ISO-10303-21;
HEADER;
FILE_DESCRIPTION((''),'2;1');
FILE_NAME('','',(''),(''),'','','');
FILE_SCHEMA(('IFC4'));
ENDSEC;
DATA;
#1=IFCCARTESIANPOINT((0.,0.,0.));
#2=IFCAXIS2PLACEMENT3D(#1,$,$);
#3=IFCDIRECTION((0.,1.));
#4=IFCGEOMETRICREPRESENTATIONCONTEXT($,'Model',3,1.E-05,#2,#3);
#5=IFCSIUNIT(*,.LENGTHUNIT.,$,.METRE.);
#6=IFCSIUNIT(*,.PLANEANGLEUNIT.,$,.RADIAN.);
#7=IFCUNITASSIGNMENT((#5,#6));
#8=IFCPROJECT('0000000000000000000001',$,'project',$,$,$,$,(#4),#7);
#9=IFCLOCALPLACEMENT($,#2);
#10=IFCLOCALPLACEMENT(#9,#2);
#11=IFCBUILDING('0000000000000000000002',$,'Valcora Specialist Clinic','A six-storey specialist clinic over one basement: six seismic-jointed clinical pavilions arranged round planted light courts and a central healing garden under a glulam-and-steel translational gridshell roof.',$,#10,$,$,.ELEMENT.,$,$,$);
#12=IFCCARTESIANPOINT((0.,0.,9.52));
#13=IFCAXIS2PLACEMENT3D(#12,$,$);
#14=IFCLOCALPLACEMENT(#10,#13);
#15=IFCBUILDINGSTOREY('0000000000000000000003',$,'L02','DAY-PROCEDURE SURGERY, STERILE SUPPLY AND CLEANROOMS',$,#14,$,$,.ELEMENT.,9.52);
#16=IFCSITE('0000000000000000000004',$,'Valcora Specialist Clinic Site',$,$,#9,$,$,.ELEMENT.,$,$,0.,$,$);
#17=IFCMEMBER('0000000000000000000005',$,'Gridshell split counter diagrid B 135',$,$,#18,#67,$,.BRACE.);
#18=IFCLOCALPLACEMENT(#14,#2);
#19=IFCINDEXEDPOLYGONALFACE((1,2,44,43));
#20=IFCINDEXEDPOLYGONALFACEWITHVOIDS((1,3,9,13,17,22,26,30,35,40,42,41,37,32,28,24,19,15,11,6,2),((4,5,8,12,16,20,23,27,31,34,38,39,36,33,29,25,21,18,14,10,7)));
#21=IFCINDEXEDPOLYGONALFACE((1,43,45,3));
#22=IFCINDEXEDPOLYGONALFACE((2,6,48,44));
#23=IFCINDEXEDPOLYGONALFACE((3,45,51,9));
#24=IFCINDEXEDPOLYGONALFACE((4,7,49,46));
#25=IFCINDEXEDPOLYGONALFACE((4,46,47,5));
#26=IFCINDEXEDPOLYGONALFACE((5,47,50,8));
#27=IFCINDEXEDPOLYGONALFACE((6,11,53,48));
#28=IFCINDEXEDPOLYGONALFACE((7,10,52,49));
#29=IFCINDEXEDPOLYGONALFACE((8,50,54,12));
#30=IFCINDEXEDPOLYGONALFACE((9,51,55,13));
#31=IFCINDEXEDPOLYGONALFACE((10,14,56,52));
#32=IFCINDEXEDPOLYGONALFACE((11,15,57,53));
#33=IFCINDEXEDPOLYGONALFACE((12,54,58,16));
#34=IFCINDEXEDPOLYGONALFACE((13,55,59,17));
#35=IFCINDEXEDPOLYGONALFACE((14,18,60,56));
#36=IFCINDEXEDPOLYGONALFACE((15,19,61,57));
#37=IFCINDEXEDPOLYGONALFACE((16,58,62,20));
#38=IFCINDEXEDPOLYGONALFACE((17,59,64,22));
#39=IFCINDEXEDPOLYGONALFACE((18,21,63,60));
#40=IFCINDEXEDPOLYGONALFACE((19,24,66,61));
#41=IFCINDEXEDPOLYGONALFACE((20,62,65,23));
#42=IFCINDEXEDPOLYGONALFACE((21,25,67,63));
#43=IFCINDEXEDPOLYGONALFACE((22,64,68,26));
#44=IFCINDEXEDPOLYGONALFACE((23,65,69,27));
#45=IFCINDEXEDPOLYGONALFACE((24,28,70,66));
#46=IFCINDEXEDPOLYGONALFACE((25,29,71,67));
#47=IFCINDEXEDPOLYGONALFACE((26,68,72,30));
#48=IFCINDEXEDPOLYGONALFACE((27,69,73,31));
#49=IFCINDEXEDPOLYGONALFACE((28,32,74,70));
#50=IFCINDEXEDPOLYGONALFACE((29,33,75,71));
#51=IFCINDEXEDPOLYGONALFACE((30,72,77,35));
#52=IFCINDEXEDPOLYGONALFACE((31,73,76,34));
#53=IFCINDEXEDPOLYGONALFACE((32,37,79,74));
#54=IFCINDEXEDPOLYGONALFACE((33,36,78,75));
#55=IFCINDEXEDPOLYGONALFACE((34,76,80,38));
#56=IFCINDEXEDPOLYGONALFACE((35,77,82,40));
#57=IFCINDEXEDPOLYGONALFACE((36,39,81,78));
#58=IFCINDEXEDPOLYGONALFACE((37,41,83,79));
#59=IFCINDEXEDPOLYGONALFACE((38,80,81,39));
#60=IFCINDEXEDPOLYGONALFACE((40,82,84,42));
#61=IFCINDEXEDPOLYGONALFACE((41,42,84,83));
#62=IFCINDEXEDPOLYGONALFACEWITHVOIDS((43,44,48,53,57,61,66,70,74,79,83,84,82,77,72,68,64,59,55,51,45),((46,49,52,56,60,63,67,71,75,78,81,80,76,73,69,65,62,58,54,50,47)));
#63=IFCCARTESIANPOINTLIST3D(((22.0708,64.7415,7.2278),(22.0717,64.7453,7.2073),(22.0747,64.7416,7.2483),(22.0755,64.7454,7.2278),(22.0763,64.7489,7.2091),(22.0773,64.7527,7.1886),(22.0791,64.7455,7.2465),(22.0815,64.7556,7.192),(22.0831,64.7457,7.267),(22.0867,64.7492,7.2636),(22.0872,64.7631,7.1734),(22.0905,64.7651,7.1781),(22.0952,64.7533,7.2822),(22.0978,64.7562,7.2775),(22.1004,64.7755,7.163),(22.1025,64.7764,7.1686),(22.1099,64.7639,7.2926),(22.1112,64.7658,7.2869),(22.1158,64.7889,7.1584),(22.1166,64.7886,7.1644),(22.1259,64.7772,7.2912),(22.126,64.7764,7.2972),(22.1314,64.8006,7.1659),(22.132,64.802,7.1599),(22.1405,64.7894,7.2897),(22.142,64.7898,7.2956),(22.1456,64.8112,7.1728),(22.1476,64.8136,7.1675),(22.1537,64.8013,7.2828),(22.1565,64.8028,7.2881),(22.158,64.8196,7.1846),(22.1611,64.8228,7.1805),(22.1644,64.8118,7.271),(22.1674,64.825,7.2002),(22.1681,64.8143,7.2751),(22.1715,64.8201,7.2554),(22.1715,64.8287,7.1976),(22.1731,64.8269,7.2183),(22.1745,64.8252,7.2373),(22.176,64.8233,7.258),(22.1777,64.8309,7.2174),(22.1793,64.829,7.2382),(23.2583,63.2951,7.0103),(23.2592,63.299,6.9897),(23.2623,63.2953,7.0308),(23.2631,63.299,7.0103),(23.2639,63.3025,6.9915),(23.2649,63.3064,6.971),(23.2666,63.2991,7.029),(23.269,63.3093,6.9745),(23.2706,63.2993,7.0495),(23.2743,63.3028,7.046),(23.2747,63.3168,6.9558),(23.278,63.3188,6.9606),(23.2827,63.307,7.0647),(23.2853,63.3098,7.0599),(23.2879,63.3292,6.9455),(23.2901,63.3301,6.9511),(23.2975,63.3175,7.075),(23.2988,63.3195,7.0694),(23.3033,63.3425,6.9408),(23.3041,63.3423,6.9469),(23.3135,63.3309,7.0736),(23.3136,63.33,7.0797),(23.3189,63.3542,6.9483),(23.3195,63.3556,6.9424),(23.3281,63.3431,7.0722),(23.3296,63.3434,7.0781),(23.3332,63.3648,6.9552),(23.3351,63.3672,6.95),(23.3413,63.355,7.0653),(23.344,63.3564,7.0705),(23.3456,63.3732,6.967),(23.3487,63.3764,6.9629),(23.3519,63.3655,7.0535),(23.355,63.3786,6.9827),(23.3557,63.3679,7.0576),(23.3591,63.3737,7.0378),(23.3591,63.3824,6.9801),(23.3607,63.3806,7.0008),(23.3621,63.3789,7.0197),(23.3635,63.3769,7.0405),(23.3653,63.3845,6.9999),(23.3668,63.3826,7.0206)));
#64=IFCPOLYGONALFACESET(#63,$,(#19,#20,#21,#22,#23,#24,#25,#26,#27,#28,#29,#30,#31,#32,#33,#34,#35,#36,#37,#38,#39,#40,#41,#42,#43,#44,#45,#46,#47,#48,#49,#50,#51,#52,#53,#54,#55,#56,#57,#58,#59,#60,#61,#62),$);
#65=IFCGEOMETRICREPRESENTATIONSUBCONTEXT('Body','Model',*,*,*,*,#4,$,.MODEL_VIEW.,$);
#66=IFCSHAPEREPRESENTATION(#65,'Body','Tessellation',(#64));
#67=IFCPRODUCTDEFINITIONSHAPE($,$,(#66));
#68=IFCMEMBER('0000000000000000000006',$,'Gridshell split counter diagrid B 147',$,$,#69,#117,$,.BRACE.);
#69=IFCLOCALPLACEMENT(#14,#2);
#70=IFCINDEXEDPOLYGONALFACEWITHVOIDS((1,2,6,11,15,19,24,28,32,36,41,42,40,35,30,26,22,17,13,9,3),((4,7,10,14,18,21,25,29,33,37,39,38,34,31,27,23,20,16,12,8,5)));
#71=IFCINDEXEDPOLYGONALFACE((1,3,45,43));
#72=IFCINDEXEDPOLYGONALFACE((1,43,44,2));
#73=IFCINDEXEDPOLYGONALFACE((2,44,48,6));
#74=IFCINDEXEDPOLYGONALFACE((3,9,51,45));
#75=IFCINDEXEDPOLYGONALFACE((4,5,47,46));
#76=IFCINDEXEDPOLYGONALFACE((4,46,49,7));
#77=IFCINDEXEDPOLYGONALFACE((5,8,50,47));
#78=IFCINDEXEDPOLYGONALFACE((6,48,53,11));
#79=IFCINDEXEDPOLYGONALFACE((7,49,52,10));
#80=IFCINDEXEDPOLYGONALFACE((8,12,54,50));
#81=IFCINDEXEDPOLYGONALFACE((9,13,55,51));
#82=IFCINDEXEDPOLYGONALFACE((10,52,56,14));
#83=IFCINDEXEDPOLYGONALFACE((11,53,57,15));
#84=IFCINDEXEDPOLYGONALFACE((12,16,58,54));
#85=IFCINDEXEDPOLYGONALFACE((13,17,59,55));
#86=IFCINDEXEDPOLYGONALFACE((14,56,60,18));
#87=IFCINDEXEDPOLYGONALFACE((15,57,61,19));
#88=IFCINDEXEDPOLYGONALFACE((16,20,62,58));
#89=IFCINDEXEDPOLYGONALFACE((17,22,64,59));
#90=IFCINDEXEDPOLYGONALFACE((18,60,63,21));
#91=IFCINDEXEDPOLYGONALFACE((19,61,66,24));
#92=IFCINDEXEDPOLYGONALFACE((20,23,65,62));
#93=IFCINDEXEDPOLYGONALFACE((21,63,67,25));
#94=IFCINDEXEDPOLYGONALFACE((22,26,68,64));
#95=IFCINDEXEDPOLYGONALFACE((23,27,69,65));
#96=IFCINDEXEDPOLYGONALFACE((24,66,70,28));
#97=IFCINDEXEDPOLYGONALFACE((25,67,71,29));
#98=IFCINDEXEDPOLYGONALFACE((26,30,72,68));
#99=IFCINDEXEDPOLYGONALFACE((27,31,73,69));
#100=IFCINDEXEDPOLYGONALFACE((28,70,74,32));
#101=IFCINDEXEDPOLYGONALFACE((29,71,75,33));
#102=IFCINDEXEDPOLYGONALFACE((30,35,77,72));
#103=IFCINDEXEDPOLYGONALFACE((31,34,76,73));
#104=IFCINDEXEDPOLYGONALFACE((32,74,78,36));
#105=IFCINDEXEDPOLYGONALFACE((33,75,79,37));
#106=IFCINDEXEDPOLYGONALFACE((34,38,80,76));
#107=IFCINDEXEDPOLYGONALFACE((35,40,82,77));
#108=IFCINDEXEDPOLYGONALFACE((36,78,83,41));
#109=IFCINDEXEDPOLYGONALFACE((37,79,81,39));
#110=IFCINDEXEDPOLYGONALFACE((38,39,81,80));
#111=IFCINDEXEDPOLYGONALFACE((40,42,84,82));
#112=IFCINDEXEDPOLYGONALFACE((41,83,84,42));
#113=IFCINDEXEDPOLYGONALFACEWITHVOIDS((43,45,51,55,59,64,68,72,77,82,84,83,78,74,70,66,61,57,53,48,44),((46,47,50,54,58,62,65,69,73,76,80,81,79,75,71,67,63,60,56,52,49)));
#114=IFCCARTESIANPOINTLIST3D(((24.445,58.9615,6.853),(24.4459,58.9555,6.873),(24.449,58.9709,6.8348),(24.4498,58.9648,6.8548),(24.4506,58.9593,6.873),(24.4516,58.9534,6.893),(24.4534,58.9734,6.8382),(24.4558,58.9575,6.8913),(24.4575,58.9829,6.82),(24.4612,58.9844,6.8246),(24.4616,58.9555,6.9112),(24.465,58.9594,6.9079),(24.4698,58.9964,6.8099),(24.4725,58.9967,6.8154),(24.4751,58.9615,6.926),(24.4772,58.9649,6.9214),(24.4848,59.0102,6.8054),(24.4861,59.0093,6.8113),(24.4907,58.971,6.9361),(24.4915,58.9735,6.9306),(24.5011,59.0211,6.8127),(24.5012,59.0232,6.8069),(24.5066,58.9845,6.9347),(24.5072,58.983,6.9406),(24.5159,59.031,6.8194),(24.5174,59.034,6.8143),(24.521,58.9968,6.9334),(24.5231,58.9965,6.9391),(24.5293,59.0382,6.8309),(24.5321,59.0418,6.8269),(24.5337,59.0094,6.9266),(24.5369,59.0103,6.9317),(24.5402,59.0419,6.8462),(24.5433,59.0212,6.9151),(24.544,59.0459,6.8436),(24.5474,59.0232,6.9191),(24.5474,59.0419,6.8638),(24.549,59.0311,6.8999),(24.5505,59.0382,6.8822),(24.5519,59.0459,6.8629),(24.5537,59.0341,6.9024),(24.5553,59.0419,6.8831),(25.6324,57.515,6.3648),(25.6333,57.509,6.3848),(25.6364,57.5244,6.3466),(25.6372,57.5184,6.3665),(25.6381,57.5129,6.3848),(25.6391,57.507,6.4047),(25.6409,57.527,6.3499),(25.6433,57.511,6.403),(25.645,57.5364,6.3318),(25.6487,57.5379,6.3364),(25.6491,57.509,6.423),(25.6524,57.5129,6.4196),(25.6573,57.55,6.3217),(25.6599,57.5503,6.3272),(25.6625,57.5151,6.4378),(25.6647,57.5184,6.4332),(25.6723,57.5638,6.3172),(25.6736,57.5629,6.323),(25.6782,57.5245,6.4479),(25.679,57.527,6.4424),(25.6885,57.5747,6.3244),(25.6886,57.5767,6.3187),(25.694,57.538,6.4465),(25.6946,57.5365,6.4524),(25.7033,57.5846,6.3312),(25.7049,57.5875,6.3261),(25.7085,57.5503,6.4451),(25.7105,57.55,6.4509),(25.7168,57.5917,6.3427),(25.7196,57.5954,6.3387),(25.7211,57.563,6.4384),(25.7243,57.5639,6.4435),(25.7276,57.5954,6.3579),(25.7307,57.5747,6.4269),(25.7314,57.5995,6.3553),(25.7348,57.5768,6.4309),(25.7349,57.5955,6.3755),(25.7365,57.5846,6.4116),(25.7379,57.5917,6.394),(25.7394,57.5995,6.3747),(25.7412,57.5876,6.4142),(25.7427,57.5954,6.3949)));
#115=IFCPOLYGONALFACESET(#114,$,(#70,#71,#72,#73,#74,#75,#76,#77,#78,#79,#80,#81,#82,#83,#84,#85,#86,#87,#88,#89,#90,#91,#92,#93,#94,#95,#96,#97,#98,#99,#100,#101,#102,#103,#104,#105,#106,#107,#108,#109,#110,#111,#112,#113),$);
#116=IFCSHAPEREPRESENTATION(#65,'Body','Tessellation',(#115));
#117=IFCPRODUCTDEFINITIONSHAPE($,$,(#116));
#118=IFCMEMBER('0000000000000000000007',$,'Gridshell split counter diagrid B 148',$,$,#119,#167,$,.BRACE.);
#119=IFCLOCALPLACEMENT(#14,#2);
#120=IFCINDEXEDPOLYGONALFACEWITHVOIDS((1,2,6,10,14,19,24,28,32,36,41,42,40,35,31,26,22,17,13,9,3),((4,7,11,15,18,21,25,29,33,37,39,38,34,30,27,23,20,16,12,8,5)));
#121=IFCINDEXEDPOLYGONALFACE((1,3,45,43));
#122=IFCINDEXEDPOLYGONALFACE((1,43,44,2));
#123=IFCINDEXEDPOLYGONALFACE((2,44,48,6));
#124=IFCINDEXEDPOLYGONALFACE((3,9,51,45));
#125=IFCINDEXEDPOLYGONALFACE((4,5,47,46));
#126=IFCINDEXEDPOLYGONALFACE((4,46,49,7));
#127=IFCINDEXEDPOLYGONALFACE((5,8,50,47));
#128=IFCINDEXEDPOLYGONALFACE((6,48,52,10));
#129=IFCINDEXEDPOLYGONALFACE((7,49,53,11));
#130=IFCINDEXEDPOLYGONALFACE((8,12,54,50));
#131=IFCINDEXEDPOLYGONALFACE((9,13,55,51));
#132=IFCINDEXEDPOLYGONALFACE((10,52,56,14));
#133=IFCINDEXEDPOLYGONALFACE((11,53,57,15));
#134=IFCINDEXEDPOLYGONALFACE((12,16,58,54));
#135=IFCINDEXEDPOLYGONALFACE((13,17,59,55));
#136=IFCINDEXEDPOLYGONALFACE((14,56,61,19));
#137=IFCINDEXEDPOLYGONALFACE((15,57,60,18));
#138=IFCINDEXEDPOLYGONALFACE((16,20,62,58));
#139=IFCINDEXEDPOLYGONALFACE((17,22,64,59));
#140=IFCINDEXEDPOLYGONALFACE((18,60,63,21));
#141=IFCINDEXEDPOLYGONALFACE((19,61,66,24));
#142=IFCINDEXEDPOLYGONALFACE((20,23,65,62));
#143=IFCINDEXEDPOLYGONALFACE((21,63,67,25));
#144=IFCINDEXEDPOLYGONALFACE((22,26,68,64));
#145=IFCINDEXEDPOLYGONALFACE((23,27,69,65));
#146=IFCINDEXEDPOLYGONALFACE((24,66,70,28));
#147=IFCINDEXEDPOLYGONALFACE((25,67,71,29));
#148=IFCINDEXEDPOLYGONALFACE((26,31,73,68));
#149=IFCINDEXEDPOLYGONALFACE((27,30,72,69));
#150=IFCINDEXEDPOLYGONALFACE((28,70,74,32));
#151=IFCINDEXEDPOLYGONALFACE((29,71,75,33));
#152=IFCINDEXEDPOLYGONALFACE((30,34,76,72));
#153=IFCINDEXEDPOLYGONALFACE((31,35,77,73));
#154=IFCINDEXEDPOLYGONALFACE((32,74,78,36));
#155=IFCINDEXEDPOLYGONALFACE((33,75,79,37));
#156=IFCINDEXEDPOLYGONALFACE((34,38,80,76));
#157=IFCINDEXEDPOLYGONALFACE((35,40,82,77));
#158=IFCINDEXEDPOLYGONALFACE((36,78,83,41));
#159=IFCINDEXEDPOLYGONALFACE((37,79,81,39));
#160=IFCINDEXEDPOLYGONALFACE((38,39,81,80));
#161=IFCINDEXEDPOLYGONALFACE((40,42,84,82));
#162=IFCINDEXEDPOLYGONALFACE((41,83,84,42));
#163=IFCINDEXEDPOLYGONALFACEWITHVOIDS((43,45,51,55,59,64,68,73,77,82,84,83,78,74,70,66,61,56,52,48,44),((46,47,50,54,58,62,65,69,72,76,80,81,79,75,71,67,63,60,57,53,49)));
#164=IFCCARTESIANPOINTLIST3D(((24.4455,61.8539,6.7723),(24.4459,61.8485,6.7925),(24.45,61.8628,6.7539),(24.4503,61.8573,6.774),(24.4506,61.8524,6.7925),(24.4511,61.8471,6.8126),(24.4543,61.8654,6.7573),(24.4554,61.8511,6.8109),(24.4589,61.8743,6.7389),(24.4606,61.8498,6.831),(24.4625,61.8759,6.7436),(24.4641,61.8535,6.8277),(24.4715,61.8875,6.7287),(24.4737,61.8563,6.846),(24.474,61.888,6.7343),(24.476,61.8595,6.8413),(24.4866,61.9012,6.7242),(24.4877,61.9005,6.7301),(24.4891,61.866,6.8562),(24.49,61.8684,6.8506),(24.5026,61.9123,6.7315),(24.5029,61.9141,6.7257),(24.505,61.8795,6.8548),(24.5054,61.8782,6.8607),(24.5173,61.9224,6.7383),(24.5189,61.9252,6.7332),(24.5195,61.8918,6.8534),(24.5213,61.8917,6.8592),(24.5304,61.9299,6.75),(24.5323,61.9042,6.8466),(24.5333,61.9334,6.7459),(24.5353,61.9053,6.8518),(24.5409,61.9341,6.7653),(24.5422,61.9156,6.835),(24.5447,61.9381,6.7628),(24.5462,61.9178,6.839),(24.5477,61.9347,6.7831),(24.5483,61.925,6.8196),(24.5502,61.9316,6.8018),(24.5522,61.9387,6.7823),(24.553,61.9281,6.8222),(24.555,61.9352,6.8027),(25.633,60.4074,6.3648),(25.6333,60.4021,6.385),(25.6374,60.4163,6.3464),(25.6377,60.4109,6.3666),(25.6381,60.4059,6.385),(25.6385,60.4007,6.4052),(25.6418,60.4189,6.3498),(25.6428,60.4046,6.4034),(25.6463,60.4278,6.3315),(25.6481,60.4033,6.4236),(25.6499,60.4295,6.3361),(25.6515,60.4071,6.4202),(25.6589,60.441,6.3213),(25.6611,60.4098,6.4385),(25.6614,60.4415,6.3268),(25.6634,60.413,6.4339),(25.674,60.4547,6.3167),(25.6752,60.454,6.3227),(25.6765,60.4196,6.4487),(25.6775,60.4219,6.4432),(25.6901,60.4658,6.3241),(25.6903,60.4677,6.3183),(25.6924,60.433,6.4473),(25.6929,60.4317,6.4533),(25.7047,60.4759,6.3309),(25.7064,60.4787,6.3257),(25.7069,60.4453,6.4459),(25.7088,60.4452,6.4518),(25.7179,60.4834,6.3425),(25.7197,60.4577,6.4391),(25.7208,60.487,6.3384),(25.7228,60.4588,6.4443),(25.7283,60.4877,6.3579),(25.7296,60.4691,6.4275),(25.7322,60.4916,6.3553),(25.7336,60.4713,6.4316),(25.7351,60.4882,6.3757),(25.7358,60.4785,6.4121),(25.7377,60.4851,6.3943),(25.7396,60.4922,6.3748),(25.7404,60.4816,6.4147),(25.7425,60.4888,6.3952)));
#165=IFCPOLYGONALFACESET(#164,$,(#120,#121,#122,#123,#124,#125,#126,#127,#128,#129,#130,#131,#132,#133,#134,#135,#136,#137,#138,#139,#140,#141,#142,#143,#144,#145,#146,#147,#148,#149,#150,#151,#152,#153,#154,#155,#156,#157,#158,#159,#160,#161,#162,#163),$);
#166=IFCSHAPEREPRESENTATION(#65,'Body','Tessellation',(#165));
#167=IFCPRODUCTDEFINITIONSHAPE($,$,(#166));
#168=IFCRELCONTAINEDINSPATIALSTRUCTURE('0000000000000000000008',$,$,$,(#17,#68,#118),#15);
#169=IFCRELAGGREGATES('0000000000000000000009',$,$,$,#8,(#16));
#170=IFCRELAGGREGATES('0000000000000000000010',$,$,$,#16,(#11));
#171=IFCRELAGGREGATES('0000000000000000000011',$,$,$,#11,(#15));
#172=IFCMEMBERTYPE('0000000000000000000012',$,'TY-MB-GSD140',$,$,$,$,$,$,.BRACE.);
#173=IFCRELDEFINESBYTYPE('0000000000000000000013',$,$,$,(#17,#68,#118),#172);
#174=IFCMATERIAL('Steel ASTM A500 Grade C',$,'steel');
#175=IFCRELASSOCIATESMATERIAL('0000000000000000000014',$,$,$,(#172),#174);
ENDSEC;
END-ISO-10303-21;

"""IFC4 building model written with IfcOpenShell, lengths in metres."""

from ifc_helpers import new_model, si_unit, direction, frame, origin, origin_2d, place, context, subcontext, project, spatial, hollow_circle, extrude, material, material_profile, profile_set, type_object, element, save


model = new_model("IFC4")

# Units and contexts
model_context = context("Model", 3, precision=1e-05, world=origin(), true_north=direction((0.0, 1.0)))
body_context = subcontext(model_context, "Body", "Model", "MODEL_VIEW")
ifc_project = project(units=[si_unit("LENGTHUNIT", "METRE"), si_unit("PLANEANGLEUNIT", "RADIAN")], contexts=[model_context])

# Site, building, storey
site_placement = place(None, origin())
site = spatial("IfcSite", under=ifc_project, at=site_placement, Name="Valcora Specialist Clinic Site", CompositionType="ELEMENT", RefElevation=0.0)
building_placement = place(site_placement, origin())
building = spatial("IfcBuilding", under=site, at=building_placement, Name="Valcora Specialist Clinic", Description="A six-storey specialist clinic over one basement: six seismic-jointed clinical pavilions arranged round planted light courts and a central healing garden under a glulam-and-steel translational gridshell roof.", CompositionType="ELEMENT")
storey_placement = place(building_placement, frame((0.0, 0.0, 9.52)))
storey = spatial("IfcBuildingStorey", under=building, at=storey_placement, Name="L02", Description="DAY-PROCEDURE SURGERY, STERILE SUPPLY AND CLEANROOMS", CompositionType="ELEMENT", Elevation=9.52)

# Members
ifc_material_1 = material(Name="Steel ASTM A500 Grade C", Category="steel")
ifc_material_profile_1 = material_profile(ifc_material_1, hollow_circle(Radius=0.0701, WallThickness=0.0061, at=origin_2d()), Name="ST-CHS-140X6")
ifc_profile_set_1 = profile_set([ifc_material_profile_1], Name="Steel ASTM A500 Grade C")
member_type_1 = type_object("IfcMemberType", Name="TY-MB-GSD140", PredefinedType="BRACE", material=ifc_profile_set_1)
member_1_placement = place(storey_placement, frame((23.3125, 63.3396, 7.0103), z_axis=(-0.630328, 0.767694, 0.115465), x_axis=(-0.772863, -0.634572, 0.0)))
element("IfcMember", 1, at=member_1_placement, inside=storey, type_object=member_type_1, Name="Gridshell split counter diagrid B 135", PredefinedType="BRACE", context=body_context, shape_type="SweptSolid", body=[
    extrude(hollow_circle(Radius=0.0701, WallThickness=0.0061, at=origin_2d()), origin(), (0.0, 0.0, 1.0), 1.884),
])
member_2_placement = place(storey_placement, frame((25.6875, 57.5535, 6.3848), z_axis=(-0.613957, 0.747881, 0.252449), x_axis=(-0.772916, -0.634508, 0.0)))
element("IfcMember", 2, at=member_2_placement, inside=storey, type_object=member_type_1, Name="Gridshell split counter diagrid B 147", PredefinedType="BRACE", context=body_context, shape_type="SweptSolid", body=[
    extrude(hollow_circle(Radius=0.0701, WallThickness=0.0061, at=origin_2d()), origin(), (0.0, 0.0, 1.0), 1.9341),
])
member_3_placement = place(storey_placement, frame((25.6875, 60.4465, 6.385), z_axis=(-0.619984, 0.755223, 0.212737), x_axis=(-0.772916, -0.634508, 0.0)))
element("IfcMember", 3, at=member_3_placement, inside=storey, type_object=member_type_1, Name="Gridshell split counter diagrid B 148", PredefinedType="BRACE", context=body_context, shape_type="SweptSolid", body=[
    extrude(hollow_circle(Radius=0.0701, WallThickness=0.0061, at=origin_2d()), origin(), (0.0, 0.0, 1.0), 1.9153),
])

save(model, "model.ifc")
